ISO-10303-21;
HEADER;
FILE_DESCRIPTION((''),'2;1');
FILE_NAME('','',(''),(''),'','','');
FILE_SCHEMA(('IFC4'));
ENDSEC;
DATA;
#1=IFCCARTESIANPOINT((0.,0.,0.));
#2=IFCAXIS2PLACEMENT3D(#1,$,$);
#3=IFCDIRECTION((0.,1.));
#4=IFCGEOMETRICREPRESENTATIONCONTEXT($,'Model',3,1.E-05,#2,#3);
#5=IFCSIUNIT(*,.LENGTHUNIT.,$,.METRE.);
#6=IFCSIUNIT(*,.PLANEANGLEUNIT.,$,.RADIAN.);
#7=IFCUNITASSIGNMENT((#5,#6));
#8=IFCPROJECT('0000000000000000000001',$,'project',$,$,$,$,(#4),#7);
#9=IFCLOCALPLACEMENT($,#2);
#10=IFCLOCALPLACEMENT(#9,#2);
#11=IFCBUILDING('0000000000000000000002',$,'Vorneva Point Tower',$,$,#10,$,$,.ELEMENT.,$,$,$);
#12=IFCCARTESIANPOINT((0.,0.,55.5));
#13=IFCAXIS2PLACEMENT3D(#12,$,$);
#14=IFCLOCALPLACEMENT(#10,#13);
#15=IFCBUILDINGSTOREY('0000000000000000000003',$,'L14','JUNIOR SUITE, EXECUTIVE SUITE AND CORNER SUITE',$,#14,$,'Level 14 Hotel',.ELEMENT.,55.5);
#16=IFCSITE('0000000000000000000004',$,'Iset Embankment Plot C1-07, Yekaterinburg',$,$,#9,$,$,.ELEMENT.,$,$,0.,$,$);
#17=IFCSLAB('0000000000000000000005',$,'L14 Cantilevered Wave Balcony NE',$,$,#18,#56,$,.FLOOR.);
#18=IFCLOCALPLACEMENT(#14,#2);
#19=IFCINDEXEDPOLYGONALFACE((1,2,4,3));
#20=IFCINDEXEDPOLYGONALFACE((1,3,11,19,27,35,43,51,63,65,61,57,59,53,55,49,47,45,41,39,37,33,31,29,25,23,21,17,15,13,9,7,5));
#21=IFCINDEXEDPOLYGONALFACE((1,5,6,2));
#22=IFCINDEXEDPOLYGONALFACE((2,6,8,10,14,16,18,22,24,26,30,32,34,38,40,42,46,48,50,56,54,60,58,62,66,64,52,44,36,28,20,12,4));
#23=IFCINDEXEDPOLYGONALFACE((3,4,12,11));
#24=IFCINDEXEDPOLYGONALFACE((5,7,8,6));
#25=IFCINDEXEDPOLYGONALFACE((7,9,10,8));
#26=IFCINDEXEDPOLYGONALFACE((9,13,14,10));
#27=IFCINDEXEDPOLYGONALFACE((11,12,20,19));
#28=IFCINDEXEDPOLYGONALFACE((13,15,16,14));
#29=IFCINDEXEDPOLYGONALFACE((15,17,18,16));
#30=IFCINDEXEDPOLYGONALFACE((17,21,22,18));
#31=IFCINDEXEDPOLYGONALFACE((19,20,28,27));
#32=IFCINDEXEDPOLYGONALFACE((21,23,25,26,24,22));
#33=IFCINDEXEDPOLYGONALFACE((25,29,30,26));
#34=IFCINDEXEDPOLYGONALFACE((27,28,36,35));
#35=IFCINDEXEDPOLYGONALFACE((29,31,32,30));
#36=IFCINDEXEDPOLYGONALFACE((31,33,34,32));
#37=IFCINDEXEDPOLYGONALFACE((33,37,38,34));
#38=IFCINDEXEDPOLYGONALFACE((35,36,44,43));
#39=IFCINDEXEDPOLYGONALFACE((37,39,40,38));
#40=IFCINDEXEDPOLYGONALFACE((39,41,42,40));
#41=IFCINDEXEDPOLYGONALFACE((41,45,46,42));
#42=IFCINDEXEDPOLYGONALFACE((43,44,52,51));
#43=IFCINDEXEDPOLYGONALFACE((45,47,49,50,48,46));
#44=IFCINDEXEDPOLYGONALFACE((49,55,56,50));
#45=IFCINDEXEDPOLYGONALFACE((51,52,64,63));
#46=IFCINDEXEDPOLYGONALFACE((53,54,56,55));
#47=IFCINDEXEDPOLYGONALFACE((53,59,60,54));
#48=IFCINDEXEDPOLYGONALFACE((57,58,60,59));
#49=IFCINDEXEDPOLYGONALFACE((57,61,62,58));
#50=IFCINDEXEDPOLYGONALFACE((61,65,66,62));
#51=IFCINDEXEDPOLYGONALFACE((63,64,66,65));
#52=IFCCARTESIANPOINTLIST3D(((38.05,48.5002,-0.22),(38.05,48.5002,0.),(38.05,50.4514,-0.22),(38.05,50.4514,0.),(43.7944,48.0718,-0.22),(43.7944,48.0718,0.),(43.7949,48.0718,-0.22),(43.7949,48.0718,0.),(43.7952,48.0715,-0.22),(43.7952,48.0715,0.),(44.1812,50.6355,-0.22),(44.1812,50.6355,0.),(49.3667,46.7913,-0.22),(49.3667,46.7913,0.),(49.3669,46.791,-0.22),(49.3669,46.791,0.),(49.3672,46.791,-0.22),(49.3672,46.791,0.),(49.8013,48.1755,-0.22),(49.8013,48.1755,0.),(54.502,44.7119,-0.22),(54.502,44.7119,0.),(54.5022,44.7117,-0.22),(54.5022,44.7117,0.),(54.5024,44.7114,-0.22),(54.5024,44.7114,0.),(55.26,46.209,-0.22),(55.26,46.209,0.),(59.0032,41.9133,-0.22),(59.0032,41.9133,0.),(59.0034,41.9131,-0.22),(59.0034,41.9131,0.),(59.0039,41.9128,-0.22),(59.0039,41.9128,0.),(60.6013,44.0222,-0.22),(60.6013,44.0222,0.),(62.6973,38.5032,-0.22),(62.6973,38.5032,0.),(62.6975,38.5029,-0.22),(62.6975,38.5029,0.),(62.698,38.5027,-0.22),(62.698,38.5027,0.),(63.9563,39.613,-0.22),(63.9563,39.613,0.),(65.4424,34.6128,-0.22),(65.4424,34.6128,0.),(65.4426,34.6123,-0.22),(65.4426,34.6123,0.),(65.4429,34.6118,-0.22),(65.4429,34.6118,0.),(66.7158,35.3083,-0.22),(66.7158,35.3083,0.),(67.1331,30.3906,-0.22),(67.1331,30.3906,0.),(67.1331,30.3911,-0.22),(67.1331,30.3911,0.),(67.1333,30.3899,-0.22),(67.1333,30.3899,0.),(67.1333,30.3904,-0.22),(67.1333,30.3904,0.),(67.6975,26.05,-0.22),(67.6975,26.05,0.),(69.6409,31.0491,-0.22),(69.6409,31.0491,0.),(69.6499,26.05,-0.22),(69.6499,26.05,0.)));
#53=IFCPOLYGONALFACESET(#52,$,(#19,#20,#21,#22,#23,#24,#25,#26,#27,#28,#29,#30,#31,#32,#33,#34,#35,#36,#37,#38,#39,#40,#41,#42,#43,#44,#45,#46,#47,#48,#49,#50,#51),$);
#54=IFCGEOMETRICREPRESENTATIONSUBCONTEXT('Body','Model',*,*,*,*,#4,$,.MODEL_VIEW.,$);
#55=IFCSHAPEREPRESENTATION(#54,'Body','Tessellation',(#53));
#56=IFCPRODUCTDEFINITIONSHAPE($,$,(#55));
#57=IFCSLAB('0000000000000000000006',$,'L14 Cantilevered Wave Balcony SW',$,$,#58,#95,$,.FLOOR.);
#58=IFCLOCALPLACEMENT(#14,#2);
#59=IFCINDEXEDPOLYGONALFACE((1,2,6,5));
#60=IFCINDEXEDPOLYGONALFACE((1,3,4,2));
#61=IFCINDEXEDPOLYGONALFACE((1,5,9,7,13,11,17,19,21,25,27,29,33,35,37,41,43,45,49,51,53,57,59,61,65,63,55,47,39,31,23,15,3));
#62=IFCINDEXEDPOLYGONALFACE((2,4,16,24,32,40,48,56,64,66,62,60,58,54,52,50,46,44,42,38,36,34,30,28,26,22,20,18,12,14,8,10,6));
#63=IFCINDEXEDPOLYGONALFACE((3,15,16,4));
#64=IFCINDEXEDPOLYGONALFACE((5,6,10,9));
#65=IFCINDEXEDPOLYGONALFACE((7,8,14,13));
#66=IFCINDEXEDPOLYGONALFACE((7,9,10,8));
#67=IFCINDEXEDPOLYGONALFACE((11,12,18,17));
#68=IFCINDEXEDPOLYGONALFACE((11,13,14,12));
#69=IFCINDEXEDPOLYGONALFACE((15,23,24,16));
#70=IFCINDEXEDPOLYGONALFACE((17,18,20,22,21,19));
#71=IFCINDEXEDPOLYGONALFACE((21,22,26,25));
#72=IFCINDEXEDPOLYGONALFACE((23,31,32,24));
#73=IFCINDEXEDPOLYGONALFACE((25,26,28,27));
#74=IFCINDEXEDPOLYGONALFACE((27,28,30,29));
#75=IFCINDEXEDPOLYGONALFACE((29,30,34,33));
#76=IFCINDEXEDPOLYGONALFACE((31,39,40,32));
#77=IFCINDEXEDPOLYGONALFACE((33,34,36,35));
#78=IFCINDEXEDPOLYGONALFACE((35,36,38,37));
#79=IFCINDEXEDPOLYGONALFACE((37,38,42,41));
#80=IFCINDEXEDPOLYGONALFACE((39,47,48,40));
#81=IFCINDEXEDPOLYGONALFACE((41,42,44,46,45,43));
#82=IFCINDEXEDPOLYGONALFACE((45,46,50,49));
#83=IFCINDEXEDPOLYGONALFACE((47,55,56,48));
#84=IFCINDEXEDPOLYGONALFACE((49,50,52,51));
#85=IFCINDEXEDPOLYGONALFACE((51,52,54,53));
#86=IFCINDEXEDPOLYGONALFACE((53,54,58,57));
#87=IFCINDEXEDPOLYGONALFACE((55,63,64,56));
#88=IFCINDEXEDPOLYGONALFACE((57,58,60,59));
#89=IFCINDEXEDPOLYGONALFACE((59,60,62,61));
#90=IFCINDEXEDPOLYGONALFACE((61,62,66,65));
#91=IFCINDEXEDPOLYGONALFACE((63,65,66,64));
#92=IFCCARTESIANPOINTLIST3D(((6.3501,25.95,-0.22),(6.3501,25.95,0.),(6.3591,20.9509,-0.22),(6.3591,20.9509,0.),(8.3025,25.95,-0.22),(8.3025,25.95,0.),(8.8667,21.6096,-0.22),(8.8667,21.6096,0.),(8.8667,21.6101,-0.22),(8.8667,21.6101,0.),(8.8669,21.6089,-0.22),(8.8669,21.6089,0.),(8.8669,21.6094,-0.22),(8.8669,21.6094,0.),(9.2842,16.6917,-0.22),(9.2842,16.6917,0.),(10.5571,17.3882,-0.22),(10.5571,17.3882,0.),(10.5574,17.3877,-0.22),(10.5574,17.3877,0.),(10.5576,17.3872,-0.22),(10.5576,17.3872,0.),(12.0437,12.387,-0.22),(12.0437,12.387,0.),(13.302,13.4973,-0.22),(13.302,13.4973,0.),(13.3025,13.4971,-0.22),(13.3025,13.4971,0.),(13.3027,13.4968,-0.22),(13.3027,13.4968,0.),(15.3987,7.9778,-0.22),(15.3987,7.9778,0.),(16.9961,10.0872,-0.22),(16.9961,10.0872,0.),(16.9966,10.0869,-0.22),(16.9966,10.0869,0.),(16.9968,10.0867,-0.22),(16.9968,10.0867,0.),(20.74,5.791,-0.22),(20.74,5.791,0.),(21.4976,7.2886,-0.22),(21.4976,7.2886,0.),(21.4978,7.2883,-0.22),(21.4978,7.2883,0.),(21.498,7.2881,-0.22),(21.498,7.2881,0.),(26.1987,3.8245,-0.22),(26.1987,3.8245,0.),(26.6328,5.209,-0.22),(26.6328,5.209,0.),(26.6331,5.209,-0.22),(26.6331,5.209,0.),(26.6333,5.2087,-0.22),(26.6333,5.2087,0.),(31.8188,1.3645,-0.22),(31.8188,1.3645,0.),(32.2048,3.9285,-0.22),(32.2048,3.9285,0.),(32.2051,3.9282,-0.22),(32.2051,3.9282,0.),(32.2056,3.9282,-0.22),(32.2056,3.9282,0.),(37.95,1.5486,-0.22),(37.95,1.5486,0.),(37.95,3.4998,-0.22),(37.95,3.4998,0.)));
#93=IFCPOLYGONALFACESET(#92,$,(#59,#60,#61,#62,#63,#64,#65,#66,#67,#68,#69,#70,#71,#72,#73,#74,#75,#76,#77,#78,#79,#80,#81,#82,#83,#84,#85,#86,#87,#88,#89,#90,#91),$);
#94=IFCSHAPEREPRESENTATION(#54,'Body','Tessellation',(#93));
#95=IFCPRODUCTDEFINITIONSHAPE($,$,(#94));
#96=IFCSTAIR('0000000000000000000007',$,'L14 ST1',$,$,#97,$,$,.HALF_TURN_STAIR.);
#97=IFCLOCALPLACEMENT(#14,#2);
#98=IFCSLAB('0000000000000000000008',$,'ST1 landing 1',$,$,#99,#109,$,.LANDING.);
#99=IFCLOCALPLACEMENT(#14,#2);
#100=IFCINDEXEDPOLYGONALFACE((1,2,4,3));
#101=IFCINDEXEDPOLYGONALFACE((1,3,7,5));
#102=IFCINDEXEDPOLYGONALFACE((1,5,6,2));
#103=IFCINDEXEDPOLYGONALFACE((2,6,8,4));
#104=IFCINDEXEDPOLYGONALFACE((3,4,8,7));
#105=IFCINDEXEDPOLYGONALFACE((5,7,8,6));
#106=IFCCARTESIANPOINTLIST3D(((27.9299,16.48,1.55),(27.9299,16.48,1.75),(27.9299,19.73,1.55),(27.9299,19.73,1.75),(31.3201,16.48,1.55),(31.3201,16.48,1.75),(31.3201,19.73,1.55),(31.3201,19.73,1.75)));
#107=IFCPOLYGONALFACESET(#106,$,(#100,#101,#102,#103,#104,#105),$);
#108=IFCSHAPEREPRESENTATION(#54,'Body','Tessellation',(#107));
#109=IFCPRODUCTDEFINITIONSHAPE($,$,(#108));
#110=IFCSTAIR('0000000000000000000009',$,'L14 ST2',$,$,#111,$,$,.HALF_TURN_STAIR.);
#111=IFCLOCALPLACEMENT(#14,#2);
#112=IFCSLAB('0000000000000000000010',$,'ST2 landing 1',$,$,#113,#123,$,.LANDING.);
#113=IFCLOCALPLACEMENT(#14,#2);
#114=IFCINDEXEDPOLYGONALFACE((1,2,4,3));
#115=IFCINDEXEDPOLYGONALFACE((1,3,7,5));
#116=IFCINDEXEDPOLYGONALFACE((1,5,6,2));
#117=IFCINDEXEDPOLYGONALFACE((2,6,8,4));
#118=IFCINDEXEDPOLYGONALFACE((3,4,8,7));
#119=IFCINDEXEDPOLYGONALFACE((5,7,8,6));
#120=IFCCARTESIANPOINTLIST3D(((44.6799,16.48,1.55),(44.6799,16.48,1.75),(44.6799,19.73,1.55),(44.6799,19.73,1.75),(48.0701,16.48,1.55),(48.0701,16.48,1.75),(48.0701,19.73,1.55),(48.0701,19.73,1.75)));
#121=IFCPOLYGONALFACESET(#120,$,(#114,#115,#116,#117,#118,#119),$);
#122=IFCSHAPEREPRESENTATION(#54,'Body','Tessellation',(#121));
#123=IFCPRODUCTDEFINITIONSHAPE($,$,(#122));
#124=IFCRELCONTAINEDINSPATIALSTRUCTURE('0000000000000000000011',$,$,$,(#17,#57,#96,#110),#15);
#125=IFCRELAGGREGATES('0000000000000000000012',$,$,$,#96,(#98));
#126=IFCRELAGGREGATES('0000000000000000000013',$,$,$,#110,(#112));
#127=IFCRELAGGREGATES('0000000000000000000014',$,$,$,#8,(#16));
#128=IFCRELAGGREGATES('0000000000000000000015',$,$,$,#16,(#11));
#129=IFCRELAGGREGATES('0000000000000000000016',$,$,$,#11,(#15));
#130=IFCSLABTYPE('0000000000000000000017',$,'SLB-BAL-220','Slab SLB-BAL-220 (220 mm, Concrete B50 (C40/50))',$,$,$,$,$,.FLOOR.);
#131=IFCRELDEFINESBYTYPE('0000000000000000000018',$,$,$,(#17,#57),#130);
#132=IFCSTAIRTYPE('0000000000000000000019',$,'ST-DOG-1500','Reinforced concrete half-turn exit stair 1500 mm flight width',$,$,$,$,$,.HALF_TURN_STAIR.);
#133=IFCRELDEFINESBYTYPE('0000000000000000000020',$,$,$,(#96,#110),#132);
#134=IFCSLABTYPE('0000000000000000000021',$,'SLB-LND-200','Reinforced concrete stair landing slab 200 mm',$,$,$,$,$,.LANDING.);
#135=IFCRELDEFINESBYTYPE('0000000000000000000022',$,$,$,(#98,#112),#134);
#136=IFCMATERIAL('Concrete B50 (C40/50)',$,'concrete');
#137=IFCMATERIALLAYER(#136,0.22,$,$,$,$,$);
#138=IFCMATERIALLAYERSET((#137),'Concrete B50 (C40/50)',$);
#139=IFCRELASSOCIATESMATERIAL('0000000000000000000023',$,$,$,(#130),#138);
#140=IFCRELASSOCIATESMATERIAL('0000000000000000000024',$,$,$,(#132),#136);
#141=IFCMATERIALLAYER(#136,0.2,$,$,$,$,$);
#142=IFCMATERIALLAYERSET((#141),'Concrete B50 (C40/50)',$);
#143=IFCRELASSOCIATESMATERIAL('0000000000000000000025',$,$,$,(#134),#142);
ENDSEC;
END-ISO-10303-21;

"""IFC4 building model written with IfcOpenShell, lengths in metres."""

from ifc_helpers import new_model, si_unit, direction, frame, origin, place, context, subcontext, project, spatial, polyline, outline, extrude, material, layer, layer_set, type_object, element, aggregate, save


model = new_model("IFC4")

# Units and contexts
model_context = context("Model", 3, precision=1e-05, world=origin(), true_north=direction((0.0, 1.0)))
body_context = subcontext(model_context, "Body", "Model", "MODEL_VIEW")
ifc_project = project(units=[si_unit("LENGTHUNIT", "METRE"), si_unit("PLANEANGLEUNIT", "RADIAN")], contexts=[model_context])

# Site, building, storey
site_placement = place(None, origin())
site = spatial("IfcSite", under=ifc_project, at=site_placement, Name="Iset Embankment Plot C1-07, Yekaterinburg", CompositionType="ELEMENT", RefElevation=0.0)
building_placement = place(site_placement, origin())
building = spatial("IfcBuilding", under=site, at=building_placement, Name="Vorneva Point Tower", CompositionType="ELEMENT")
storey_placement = place(building_placement, frame((0.0, 0.0, 55.5)))
storey = spatial("IfcBuildingStorey", under=building, at=storey_placement, Name="L14", Description="JUNIOR SUITE, EXECUTIVE SUITE AND CORNER SUITE", LongName="Level 14 Hotel", CompositionType="ELEMENT", Elevation=55.5)

# Slabs
ifc_material_1 = material(Name="Concrete B50 (C40/50)", Category="concrete")
ifc_layer_1 = layer(ifc_material_1, 0.22)
ifc_layer_set_1 = layer_set([ifc_layer_1], Name="Concrete B50 (C40/50)")
slab_type_1 = type_object("IfcSlabType", Name="SLB-BAL-220", Description="Slab SLB-BAL-220 (220 mm, Concrete B50 (C40/50))", PredefinedType="FLOOR", material=ifc_layer_set_1)
slab_1_placement = place(storey_placement, frame((0.0, 0.0, -0.22)))
element("IfcSlab", 1, at=slab_1_placement, inside=storey, type_object=slab_type_1, Name="L14 Cantilevered Wave Balcony NE", PredefinedType="FLOOR", context=body_context, shape_type="SweptSolid", body=[
    extrude(outline(polyline([(38.05, 50.4514), (38.05, 48.5002), (43.7944, 48.0718), (43.7949, 48.0718), (43.7952, 48.0715), (49.3667, 46.7913), (49.3669, 46.791), (49.3672, 46.791), (54.502, 44.7119), (54.5022, 44.7117), (54.5024, 44.7114), (59.0032, 41.9133), (59.0034, 41.9131), (59.0039, 41.9128), (62.6973, 38.5032), (62.6975, 38.5029), (62.698, 38.5027), (65.4424, 34.6128), (65.4426, 34.6123), (65.4429, 34.6118), (67.1331, 30.3911), (67.1331, 30.3906), (67.1333, 30.3904), (67.1333, 30.3899), (67.6975, 26.05), (69.6499, 26.05), (69.6409, 31.0491), (66.7158, 35.3083), (63.9563, 39.613), (60.6013, 44.0222), (55.26, 46.209), (49.8013, 48.1755), (44.1812, 50.6355), (38.05, 50.4514)])), origin(), (0.0, 0.0, 1.0), 0.22),
])
slab_2_placement = place(storey_placement, frame((0.0, 0.0, -0.22)))
element("IfcSlab", 2, at=slab_2_placement, inside=storey, type_object=slab_type_1, Name="L14 Cantilevered Wave Balcony SW", PredefinedType="FLOOR", context=body_context, shape_type="SweptSolid", body=[
    extrude(outline(polyline([(37.95, 1.5486), (37.95, 3.4998), (32.2056, 3.9282), (32.2051, 3.9282), (32.2048, 3.9285), (26.6333, 5.2087), (26.6331, 5.209), (26.6328, 5.209), (21.498, 7.2881), (21.4978, 7.2883), (21.4976, 7.2886), (16.9968, 10.0867), (16.9966, 10.0869), (16.9961, 10.0872), (13.3027, 13.4968), (13.3025, 13.4971), (13.302, 13.4973), (10.5576, 17.3872), (10.5574, 17.3877), (10.5571, 17.3882), (8.8669, 21.6089), (8.8669, 21.6094), (8.8667, 21.6096), (8.8667, 21.6101), (8.3025, 25.95), (6.3501, 25.95), (6.3591, 20.9509), (9.2842, 16.6917), (12.0437, 12.387), (15.3987, 7.9778), (20.74, 5.791), (26.1987, 3.8245), (31.8188, 1.3645), (37.95, 1.5486)])), origin(), (0.0, 0.0, 1.0), 0.22),
])

# Stairs, slabs
stair_type = type_object("IfcStairType", Name="ST-DOG-1500", Description="Reinforced concrete half-turn exit stair 1500 mm flight width", PredefinedType="HALF_TURN_STAIR", material=ifc_material_1)
stair_1_placement = place(storey_placement, origin())
stair_1 = element("IfcStair", 3, at=stair_1_placement, inside=storey, type_object=stair_type, Name="L14 ST1", PredefinedType="HALF_TURN_STAIR")
ifc_layer_2 = layer(ifc_material_1, 0.2)
ifc_layer_set_2 = layer_set([ifc_layer_2], Name="Concrete B50 (C40/50)")
slab_type_2 = type_object("IfcSlabType", Name="SLB-LND-200", Description="Reinforced concrete stair landing slab 200 mm", PredefinedType="LANDING", material=ifc_layer_set_2)
slab_3_placement = place(storey_placement, frame((0.0, 0.0, 1.55)))
slab_3 = element("IfcSlab", 4, at=slab_3_placement, type_object=slab_type_2, Name="ST1 landing 1", PredefinedType="LANDING", context=body_context, shape_type="SweptSolid", body=[
    extrude(outline(polyline([(27.9299, 16.48), (31.3201, 16.48), (31.3201, 19.73), (27.9299, 19.73), (27.9299, 16.48)])), origin(), (0.0, 0.0, 1.0), 0.2),
])
aggregate(stair_1, [slab_3])
stair_2_placement = place(storey_placement, origin())
stair_2 = element("IfcStair", 5, at=stair_2_placement, inside=storey, type_object=stair_type, Name="L14 ST2", PredefinedType="HALF_TURN_STAIR")
slab_4_placement = place(storey_placement, frame((0.0, 0.0, 1.55)))
slab_4 = element("IfcSlab", 6, at=slab_4_placement, type_object=slab_type_2, Name="ST2 landing 1", PredefinedType="LANDING", context=body_context, shape_type="SweptSolid", body=[
    extrude(outline(polyline([(44.6799, 16.48), (48.0701, 16.48), (48.0701, 19.73), (44.6799, 19.73), (44.6799, 16.48)])), origin(), (0.0, 0.0, 1.0), 0.2),
])
aggregate(stair_2, [slab_4])

save(model, "model.ifc")
